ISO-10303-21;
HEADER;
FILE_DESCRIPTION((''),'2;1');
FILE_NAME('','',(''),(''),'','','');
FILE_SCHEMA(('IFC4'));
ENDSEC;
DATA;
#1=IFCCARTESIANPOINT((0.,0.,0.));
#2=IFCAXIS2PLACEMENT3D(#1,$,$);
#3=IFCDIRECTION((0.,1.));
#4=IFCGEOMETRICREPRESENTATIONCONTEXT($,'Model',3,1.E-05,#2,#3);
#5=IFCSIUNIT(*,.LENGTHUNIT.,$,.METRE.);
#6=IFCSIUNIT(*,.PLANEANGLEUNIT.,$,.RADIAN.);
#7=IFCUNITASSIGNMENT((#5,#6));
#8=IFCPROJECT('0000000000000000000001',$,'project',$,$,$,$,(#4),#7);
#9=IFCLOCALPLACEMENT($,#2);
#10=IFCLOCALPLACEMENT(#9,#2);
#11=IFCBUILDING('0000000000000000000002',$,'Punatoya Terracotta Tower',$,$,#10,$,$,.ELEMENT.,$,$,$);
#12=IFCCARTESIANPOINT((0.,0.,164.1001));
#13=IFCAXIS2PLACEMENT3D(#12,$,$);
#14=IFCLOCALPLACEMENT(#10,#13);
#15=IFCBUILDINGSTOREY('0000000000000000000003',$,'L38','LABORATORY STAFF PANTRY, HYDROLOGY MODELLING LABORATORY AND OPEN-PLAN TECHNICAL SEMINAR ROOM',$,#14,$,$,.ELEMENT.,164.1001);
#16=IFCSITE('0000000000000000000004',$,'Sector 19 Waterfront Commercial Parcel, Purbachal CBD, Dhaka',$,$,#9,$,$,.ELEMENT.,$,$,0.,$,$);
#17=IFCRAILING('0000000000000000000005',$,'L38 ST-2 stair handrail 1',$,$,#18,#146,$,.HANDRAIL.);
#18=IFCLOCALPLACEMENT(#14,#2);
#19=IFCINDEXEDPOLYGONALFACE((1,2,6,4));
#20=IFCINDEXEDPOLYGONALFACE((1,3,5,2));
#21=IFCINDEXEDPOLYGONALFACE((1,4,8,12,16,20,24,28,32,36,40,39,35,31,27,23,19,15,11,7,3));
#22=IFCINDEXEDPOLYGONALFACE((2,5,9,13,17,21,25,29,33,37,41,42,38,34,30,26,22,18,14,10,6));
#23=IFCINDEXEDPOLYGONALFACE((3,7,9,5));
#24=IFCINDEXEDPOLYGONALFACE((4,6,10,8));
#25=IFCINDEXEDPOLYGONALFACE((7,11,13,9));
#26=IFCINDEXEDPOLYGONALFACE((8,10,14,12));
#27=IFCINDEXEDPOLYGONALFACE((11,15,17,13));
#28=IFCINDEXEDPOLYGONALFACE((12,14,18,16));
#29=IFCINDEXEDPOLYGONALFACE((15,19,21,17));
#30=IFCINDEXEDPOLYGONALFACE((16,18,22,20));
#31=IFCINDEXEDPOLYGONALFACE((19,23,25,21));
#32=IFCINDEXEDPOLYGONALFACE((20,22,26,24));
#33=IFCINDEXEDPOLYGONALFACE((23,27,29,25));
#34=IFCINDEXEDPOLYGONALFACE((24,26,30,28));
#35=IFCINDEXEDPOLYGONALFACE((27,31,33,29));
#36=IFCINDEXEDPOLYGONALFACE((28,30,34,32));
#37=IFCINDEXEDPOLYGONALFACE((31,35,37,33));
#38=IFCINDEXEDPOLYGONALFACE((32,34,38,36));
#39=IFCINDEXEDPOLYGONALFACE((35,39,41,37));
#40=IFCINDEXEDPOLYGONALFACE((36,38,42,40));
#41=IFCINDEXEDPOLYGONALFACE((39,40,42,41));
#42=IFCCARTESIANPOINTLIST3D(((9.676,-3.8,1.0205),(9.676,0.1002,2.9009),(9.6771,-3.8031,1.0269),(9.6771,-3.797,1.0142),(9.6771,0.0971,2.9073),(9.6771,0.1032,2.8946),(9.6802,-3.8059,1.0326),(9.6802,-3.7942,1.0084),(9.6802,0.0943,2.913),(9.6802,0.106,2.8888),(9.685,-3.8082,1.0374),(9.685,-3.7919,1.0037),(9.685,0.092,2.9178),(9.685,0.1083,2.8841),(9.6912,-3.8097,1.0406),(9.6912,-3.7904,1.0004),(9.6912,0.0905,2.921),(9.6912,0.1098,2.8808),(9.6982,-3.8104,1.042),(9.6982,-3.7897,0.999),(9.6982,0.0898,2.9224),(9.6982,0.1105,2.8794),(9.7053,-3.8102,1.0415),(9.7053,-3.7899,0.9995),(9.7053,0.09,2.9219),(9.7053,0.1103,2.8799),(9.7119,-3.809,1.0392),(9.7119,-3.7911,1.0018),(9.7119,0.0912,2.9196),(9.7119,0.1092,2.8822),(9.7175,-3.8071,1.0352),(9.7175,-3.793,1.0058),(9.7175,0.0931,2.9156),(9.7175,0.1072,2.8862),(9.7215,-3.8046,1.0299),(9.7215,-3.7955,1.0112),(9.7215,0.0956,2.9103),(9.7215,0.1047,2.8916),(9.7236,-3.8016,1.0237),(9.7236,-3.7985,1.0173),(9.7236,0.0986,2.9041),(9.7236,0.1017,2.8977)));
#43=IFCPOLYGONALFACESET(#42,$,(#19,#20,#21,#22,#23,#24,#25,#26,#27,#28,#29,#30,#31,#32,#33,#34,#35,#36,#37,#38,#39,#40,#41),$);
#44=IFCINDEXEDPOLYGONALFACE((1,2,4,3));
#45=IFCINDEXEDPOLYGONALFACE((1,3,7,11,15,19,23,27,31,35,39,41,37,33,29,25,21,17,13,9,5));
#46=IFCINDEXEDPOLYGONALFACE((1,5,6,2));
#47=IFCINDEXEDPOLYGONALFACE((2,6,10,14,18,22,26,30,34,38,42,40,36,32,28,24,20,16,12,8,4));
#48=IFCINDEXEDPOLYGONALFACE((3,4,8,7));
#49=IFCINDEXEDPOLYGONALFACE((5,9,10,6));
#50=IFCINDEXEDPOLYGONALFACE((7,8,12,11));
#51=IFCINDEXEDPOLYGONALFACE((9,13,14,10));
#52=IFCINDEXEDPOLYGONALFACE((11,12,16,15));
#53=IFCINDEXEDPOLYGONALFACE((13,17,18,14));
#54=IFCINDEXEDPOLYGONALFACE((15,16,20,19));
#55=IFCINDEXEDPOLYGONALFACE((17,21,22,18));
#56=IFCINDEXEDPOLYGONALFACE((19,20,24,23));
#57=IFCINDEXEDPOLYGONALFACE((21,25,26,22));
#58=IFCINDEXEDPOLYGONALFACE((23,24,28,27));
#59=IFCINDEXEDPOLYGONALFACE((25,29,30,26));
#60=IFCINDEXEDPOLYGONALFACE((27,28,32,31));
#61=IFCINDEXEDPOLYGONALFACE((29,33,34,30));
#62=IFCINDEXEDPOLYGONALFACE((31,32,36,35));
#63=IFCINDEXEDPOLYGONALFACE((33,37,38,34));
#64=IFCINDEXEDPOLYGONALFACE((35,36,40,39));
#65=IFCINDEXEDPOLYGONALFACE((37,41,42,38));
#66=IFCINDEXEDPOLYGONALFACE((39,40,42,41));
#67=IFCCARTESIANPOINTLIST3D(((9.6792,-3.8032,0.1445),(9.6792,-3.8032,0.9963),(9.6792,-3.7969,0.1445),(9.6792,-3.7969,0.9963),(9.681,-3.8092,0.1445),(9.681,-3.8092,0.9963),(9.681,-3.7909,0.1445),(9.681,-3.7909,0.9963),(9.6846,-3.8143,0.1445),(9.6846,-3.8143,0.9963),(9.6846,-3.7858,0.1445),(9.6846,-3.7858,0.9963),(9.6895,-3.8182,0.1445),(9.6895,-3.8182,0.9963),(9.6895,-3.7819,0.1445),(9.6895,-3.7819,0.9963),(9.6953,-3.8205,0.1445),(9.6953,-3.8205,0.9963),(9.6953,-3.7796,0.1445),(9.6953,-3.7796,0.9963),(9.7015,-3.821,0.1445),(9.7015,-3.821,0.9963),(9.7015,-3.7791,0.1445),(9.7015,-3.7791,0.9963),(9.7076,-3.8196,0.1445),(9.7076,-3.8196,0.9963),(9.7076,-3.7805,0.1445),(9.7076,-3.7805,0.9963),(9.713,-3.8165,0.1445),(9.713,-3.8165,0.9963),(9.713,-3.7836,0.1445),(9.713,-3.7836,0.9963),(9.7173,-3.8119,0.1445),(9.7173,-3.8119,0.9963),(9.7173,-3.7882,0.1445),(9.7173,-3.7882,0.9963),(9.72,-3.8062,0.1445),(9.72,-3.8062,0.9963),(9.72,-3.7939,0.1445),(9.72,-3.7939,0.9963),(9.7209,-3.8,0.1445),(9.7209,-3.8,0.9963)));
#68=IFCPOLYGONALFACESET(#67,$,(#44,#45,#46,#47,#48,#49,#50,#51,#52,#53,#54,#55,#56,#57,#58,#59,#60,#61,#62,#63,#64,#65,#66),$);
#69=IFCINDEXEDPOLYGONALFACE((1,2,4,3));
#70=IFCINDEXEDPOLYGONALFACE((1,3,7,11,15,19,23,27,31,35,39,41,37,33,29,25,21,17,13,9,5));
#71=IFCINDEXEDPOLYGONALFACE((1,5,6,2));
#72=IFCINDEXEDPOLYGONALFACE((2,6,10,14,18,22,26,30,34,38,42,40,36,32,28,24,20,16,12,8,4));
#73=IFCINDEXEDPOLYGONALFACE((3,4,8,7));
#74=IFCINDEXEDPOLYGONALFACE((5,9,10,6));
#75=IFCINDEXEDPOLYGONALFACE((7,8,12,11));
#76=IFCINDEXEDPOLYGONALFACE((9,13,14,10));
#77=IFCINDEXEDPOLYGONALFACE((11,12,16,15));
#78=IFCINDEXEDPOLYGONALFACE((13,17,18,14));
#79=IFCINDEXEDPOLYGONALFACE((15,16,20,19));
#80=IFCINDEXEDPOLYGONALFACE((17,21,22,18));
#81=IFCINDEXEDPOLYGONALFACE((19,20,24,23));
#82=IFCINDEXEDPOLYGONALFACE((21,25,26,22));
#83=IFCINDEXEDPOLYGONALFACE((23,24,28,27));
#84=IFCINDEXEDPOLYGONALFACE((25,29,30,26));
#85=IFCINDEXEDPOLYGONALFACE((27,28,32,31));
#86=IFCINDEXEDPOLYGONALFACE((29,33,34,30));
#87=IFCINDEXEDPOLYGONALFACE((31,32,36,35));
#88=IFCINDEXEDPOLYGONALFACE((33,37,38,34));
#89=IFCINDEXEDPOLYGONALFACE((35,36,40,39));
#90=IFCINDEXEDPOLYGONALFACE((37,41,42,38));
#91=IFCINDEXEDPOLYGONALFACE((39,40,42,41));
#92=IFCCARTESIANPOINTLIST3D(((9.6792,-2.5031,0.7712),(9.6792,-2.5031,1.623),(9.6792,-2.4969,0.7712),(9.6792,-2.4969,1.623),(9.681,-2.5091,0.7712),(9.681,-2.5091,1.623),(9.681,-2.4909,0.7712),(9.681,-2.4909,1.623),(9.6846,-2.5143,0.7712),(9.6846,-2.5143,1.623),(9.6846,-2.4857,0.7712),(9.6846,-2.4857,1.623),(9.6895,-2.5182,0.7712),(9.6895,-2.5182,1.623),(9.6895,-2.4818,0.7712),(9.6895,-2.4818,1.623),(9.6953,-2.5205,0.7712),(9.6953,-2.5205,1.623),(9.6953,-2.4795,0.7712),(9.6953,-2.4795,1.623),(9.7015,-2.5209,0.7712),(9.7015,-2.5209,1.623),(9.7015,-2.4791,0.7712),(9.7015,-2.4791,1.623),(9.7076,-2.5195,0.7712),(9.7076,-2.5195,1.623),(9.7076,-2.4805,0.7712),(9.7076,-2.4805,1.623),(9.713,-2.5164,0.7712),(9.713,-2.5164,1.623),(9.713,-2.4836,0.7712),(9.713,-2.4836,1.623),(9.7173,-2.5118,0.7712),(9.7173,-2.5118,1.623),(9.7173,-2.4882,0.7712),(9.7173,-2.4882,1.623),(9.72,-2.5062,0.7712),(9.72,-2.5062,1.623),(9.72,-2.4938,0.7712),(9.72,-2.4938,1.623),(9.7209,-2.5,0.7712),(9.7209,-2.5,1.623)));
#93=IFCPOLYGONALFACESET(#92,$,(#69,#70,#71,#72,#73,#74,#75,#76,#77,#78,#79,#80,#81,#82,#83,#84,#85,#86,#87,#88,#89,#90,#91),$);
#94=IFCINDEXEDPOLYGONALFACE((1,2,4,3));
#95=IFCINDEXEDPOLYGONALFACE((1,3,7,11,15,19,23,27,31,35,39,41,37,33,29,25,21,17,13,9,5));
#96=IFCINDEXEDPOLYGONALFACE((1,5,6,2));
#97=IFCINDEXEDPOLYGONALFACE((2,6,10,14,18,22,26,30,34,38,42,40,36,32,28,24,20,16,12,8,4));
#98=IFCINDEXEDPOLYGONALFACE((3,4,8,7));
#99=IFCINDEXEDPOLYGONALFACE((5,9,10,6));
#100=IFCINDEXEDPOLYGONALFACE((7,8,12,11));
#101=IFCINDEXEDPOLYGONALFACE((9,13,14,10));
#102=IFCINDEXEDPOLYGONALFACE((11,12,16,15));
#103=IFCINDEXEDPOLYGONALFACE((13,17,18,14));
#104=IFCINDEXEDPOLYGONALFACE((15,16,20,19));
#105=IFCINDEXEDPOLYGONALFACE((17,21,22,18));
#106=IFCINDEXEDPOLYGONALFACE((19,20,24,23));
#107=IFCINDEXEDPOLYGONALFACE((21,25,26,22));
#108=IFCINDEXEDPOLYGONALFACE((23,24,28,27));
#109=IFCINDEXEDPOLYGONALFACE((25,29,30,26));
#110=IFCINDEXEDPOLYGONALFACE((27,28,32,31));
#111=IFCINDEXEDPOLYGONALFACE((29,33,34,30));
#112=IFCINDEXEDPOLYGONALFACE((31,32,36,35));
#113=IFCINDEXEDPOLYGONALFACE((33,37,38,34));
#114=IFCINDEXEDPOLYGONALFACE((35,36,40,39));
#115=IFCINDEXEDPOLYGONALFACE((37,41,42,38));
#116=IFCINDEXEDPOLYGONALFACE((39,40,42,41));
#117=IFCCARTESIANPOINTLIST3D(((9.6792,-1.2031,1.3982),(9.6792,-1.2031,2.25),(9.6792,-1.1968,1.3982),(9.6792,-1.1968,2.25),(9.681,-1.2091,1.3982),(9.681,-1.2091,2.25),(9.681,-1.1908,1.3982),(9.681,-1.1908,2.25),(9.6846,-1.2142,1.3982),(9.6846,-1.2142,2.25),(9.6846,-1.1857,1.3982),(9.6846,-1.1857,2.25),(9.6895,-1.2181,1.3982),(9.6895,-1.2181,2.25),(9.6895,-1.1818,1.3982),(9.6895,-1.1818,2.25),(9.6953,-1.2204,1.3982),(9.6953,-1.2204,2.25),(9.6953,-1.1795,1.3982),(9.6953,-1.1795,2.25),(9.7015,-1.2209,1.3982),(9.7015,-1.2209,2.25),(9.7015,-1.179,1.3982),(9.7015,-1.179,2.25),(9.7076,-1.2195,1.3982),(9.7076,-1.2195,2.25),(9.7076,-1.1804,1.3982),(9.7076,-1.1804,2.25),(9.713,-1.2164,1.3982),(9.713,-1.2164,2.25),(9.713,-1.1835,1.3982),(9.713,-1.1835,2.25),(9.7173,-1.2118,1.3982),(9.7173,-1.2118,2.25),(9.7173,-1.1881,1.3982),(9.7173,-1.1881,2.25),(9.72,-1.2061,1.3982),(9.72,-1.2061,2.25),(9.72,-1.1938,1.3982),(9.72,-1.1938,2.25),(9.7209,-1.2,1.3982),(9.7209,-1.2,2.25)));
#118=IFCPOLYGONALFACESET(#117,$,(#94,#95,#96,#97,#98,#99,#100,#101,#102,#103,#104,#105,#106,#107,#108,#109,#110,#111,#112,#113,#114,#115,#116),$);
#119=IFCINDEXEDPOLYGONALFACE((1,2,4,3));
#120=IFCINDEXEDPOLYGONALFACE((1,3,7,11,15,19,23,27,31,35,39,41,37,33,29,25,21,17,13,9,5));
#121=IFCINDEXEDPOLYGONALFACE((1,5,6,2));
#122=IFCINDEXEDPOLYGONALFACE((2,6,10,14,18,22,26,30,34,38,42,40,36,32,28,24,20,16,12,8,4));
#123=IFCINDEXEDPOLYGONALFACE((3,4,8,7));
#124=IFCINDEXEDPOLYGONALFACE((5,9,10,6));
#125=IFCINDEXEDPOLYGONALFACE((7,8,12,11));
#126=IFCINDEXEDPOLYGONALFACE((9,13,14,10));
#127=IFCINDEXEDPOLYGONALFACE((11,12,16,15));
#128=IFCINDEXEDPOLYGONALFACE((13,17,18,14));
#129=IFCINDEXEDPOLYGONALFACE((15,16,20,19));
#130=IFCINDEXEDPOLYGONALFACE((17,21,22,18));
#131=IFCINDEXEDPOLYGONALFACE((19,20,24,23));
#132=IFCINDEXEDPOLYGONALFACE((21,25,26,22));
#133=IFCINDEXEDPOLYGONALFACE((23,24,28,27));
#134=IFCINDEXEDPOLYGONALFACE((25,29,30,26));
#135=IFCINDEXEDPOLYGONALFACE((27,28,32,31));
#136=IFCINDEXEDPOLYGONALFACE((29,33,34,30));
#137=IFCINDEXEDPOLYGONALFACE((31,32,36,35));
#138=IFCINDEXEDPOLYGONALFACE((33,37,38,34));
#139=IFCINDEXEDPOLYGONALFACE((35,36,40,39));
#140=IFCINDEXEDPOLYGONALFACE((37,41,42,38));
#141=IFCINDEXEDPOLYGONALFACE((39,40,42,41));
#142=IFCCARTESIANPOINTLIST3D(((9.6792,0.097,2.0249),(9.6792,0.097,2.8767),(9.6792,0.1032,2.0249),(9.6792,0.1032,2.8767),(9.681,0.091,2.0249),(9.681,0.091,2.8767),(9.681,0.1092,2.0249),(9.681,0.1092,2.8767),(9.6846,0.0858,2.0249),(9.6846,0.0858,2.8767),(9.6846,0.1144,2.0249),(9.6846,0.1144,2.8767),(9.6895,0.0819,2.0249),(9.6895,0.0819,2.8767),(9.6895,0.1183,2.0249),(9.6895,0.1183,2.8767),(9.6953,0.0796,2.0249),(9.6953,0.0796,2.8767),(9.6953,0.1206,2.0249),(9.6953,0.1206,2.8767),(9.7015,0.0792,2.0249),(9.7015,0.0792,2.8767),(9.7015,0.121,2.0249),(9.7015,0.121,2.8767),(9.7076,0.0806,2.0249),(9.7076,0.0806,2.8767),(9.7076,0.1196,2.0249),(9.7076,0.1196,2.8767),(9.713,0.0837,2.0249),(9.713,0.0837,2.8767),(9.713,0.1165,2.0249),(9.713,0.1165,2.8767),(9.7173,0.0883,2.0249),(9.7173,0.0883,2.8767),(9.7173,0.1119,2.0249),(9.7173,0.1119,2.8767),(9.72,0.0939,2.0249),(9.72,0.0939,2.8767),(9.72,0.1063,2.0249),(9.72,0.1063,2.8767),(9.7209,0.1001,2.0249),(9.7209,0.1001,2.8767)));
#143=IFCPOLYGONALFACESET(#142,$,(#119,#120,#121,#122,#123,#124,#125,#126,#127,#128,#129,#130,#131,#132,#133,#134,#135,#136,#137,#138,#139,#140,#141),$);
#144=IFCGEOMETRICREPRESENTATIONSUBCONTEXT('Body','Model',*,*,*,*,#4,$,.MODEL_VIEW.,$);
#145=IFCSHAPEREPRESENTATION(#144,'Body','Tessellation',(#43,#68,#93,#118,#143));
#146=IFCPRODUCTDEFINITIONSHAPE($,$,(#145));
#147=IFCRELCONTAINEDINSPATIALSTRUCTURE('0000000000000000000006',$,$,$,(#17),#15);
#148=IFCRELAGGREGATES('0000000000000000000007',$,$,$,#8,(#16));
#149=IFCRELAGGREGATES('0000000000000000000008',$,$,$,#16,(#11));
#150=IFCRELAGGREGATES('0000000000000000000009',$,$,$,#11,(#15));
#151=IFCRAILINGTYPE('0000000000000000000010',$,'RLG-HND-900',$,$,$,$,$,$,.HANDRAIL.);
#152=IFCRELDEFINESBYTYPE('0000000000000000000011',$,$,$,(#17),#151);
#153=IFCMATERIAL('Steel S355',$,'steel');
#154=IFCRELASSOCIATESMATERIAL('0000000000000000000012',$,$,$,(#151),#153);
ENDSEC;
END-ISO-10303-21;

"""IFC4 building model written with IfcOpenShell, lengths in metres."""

from ifc_helpers import new_model, si_unit, direction, frame, origin, origin_2d, place, context, subcontext, project, spatial, circle, extrude, material, type_object, element, save


model = new_model("IFC4")

# Units and contexts
model_context = context("Model", 3, precision=1e-05, world=origin(), true_north=direction((0.0, 1.0)))
body_context = subcontext(model_context, "Body", "Model", "MODEL_VIEW")
ifc_project = project(units=[si_unit("LENGTHUNIT", "METRE"), si_unit("PLANEANGLEUNIT", "RADIAN")], contexts=[model_context])

# Site, building, storey
site_placement = place(None, origin())
site = spatial("IfcSite", under=ifc_project, at=site_placement, Name="Sector 19 Waterfront Commercial Parcel, Purbachal CBD, Dhaka", CompositionType="ELEMENT", RefElevation=0.0)
building_placement = place(site_placement, origin())
building = spatial("IfcBuilding", under=site, at=building_placement, Name="Punatoya Terracotta Tower", CompositionType="ELEMENT")
storey_placement = place(building_placement, frame((0.0, 0.0, 164.1001)))
storey = spatial("IfcBuildingStorey", under=building, at=storey_placement, Name="L38", Description="LABORATORY STAFF PANTRY, HYDROLOGY MODELLING LABORATORY AND OPEN-PLAN TECHNICAL SEMINAR ROOM", CompositionType="ELEMENT", Elevation=164.1001)

# Shared definitions
ifc_material_1 = material(Name="Steel S355", Category="steel")

# Railing
railing_type_1 = type_object("IfcRailingType", Name="RLG-HND-900", PredefinedType="HANDRAIL", material=ifc_material_1)
railing_1_placement = place(storey_placement, frame((9.7, -3.8, 0.1445)))
element("IfcRailing", 1, at=railing_1_placement, inside=storey, type_object=railing_type_1, Name="L38 ST-2 stair handrail 1", PredefinedType="HANDRAIL", context=body_context, shape_type="SweptSolid", body=[
    extrude(circle(Radius=0.0239, at=origin_2d()), frame((0.0, 0.0, 0.876), z_axis=(0.0, 0.900774, 0.434289), x_axis=(-1.0, 0.0, 0.0)), (0.0, 0.0, 1.0), 4.3298),
    extrude(circle(Radius=0.021, at=origin_2d()), origin(), (0.0, 0.0, 1.0), 0.8518),
    extrude(circle(Radius=0.021, at=origin_2d()), frame((0.0, 1.3, 0.6267)), (0.0, 0.0, 1.0), 0.8518),
    extrude(circle(Radius=0.021, at=origin_2d()), frame((0.0, 2.6001, 1.2537)), (0.0, 0.0, 1.0), 0.8518),
    extrude(circle(Radius=0.021, at=origin_2d()), frame((0.0, 3.9001, 1.8804)), (0.0, 0.0, 1.0), 0.8518),
])

save(model, "model.ifc")
